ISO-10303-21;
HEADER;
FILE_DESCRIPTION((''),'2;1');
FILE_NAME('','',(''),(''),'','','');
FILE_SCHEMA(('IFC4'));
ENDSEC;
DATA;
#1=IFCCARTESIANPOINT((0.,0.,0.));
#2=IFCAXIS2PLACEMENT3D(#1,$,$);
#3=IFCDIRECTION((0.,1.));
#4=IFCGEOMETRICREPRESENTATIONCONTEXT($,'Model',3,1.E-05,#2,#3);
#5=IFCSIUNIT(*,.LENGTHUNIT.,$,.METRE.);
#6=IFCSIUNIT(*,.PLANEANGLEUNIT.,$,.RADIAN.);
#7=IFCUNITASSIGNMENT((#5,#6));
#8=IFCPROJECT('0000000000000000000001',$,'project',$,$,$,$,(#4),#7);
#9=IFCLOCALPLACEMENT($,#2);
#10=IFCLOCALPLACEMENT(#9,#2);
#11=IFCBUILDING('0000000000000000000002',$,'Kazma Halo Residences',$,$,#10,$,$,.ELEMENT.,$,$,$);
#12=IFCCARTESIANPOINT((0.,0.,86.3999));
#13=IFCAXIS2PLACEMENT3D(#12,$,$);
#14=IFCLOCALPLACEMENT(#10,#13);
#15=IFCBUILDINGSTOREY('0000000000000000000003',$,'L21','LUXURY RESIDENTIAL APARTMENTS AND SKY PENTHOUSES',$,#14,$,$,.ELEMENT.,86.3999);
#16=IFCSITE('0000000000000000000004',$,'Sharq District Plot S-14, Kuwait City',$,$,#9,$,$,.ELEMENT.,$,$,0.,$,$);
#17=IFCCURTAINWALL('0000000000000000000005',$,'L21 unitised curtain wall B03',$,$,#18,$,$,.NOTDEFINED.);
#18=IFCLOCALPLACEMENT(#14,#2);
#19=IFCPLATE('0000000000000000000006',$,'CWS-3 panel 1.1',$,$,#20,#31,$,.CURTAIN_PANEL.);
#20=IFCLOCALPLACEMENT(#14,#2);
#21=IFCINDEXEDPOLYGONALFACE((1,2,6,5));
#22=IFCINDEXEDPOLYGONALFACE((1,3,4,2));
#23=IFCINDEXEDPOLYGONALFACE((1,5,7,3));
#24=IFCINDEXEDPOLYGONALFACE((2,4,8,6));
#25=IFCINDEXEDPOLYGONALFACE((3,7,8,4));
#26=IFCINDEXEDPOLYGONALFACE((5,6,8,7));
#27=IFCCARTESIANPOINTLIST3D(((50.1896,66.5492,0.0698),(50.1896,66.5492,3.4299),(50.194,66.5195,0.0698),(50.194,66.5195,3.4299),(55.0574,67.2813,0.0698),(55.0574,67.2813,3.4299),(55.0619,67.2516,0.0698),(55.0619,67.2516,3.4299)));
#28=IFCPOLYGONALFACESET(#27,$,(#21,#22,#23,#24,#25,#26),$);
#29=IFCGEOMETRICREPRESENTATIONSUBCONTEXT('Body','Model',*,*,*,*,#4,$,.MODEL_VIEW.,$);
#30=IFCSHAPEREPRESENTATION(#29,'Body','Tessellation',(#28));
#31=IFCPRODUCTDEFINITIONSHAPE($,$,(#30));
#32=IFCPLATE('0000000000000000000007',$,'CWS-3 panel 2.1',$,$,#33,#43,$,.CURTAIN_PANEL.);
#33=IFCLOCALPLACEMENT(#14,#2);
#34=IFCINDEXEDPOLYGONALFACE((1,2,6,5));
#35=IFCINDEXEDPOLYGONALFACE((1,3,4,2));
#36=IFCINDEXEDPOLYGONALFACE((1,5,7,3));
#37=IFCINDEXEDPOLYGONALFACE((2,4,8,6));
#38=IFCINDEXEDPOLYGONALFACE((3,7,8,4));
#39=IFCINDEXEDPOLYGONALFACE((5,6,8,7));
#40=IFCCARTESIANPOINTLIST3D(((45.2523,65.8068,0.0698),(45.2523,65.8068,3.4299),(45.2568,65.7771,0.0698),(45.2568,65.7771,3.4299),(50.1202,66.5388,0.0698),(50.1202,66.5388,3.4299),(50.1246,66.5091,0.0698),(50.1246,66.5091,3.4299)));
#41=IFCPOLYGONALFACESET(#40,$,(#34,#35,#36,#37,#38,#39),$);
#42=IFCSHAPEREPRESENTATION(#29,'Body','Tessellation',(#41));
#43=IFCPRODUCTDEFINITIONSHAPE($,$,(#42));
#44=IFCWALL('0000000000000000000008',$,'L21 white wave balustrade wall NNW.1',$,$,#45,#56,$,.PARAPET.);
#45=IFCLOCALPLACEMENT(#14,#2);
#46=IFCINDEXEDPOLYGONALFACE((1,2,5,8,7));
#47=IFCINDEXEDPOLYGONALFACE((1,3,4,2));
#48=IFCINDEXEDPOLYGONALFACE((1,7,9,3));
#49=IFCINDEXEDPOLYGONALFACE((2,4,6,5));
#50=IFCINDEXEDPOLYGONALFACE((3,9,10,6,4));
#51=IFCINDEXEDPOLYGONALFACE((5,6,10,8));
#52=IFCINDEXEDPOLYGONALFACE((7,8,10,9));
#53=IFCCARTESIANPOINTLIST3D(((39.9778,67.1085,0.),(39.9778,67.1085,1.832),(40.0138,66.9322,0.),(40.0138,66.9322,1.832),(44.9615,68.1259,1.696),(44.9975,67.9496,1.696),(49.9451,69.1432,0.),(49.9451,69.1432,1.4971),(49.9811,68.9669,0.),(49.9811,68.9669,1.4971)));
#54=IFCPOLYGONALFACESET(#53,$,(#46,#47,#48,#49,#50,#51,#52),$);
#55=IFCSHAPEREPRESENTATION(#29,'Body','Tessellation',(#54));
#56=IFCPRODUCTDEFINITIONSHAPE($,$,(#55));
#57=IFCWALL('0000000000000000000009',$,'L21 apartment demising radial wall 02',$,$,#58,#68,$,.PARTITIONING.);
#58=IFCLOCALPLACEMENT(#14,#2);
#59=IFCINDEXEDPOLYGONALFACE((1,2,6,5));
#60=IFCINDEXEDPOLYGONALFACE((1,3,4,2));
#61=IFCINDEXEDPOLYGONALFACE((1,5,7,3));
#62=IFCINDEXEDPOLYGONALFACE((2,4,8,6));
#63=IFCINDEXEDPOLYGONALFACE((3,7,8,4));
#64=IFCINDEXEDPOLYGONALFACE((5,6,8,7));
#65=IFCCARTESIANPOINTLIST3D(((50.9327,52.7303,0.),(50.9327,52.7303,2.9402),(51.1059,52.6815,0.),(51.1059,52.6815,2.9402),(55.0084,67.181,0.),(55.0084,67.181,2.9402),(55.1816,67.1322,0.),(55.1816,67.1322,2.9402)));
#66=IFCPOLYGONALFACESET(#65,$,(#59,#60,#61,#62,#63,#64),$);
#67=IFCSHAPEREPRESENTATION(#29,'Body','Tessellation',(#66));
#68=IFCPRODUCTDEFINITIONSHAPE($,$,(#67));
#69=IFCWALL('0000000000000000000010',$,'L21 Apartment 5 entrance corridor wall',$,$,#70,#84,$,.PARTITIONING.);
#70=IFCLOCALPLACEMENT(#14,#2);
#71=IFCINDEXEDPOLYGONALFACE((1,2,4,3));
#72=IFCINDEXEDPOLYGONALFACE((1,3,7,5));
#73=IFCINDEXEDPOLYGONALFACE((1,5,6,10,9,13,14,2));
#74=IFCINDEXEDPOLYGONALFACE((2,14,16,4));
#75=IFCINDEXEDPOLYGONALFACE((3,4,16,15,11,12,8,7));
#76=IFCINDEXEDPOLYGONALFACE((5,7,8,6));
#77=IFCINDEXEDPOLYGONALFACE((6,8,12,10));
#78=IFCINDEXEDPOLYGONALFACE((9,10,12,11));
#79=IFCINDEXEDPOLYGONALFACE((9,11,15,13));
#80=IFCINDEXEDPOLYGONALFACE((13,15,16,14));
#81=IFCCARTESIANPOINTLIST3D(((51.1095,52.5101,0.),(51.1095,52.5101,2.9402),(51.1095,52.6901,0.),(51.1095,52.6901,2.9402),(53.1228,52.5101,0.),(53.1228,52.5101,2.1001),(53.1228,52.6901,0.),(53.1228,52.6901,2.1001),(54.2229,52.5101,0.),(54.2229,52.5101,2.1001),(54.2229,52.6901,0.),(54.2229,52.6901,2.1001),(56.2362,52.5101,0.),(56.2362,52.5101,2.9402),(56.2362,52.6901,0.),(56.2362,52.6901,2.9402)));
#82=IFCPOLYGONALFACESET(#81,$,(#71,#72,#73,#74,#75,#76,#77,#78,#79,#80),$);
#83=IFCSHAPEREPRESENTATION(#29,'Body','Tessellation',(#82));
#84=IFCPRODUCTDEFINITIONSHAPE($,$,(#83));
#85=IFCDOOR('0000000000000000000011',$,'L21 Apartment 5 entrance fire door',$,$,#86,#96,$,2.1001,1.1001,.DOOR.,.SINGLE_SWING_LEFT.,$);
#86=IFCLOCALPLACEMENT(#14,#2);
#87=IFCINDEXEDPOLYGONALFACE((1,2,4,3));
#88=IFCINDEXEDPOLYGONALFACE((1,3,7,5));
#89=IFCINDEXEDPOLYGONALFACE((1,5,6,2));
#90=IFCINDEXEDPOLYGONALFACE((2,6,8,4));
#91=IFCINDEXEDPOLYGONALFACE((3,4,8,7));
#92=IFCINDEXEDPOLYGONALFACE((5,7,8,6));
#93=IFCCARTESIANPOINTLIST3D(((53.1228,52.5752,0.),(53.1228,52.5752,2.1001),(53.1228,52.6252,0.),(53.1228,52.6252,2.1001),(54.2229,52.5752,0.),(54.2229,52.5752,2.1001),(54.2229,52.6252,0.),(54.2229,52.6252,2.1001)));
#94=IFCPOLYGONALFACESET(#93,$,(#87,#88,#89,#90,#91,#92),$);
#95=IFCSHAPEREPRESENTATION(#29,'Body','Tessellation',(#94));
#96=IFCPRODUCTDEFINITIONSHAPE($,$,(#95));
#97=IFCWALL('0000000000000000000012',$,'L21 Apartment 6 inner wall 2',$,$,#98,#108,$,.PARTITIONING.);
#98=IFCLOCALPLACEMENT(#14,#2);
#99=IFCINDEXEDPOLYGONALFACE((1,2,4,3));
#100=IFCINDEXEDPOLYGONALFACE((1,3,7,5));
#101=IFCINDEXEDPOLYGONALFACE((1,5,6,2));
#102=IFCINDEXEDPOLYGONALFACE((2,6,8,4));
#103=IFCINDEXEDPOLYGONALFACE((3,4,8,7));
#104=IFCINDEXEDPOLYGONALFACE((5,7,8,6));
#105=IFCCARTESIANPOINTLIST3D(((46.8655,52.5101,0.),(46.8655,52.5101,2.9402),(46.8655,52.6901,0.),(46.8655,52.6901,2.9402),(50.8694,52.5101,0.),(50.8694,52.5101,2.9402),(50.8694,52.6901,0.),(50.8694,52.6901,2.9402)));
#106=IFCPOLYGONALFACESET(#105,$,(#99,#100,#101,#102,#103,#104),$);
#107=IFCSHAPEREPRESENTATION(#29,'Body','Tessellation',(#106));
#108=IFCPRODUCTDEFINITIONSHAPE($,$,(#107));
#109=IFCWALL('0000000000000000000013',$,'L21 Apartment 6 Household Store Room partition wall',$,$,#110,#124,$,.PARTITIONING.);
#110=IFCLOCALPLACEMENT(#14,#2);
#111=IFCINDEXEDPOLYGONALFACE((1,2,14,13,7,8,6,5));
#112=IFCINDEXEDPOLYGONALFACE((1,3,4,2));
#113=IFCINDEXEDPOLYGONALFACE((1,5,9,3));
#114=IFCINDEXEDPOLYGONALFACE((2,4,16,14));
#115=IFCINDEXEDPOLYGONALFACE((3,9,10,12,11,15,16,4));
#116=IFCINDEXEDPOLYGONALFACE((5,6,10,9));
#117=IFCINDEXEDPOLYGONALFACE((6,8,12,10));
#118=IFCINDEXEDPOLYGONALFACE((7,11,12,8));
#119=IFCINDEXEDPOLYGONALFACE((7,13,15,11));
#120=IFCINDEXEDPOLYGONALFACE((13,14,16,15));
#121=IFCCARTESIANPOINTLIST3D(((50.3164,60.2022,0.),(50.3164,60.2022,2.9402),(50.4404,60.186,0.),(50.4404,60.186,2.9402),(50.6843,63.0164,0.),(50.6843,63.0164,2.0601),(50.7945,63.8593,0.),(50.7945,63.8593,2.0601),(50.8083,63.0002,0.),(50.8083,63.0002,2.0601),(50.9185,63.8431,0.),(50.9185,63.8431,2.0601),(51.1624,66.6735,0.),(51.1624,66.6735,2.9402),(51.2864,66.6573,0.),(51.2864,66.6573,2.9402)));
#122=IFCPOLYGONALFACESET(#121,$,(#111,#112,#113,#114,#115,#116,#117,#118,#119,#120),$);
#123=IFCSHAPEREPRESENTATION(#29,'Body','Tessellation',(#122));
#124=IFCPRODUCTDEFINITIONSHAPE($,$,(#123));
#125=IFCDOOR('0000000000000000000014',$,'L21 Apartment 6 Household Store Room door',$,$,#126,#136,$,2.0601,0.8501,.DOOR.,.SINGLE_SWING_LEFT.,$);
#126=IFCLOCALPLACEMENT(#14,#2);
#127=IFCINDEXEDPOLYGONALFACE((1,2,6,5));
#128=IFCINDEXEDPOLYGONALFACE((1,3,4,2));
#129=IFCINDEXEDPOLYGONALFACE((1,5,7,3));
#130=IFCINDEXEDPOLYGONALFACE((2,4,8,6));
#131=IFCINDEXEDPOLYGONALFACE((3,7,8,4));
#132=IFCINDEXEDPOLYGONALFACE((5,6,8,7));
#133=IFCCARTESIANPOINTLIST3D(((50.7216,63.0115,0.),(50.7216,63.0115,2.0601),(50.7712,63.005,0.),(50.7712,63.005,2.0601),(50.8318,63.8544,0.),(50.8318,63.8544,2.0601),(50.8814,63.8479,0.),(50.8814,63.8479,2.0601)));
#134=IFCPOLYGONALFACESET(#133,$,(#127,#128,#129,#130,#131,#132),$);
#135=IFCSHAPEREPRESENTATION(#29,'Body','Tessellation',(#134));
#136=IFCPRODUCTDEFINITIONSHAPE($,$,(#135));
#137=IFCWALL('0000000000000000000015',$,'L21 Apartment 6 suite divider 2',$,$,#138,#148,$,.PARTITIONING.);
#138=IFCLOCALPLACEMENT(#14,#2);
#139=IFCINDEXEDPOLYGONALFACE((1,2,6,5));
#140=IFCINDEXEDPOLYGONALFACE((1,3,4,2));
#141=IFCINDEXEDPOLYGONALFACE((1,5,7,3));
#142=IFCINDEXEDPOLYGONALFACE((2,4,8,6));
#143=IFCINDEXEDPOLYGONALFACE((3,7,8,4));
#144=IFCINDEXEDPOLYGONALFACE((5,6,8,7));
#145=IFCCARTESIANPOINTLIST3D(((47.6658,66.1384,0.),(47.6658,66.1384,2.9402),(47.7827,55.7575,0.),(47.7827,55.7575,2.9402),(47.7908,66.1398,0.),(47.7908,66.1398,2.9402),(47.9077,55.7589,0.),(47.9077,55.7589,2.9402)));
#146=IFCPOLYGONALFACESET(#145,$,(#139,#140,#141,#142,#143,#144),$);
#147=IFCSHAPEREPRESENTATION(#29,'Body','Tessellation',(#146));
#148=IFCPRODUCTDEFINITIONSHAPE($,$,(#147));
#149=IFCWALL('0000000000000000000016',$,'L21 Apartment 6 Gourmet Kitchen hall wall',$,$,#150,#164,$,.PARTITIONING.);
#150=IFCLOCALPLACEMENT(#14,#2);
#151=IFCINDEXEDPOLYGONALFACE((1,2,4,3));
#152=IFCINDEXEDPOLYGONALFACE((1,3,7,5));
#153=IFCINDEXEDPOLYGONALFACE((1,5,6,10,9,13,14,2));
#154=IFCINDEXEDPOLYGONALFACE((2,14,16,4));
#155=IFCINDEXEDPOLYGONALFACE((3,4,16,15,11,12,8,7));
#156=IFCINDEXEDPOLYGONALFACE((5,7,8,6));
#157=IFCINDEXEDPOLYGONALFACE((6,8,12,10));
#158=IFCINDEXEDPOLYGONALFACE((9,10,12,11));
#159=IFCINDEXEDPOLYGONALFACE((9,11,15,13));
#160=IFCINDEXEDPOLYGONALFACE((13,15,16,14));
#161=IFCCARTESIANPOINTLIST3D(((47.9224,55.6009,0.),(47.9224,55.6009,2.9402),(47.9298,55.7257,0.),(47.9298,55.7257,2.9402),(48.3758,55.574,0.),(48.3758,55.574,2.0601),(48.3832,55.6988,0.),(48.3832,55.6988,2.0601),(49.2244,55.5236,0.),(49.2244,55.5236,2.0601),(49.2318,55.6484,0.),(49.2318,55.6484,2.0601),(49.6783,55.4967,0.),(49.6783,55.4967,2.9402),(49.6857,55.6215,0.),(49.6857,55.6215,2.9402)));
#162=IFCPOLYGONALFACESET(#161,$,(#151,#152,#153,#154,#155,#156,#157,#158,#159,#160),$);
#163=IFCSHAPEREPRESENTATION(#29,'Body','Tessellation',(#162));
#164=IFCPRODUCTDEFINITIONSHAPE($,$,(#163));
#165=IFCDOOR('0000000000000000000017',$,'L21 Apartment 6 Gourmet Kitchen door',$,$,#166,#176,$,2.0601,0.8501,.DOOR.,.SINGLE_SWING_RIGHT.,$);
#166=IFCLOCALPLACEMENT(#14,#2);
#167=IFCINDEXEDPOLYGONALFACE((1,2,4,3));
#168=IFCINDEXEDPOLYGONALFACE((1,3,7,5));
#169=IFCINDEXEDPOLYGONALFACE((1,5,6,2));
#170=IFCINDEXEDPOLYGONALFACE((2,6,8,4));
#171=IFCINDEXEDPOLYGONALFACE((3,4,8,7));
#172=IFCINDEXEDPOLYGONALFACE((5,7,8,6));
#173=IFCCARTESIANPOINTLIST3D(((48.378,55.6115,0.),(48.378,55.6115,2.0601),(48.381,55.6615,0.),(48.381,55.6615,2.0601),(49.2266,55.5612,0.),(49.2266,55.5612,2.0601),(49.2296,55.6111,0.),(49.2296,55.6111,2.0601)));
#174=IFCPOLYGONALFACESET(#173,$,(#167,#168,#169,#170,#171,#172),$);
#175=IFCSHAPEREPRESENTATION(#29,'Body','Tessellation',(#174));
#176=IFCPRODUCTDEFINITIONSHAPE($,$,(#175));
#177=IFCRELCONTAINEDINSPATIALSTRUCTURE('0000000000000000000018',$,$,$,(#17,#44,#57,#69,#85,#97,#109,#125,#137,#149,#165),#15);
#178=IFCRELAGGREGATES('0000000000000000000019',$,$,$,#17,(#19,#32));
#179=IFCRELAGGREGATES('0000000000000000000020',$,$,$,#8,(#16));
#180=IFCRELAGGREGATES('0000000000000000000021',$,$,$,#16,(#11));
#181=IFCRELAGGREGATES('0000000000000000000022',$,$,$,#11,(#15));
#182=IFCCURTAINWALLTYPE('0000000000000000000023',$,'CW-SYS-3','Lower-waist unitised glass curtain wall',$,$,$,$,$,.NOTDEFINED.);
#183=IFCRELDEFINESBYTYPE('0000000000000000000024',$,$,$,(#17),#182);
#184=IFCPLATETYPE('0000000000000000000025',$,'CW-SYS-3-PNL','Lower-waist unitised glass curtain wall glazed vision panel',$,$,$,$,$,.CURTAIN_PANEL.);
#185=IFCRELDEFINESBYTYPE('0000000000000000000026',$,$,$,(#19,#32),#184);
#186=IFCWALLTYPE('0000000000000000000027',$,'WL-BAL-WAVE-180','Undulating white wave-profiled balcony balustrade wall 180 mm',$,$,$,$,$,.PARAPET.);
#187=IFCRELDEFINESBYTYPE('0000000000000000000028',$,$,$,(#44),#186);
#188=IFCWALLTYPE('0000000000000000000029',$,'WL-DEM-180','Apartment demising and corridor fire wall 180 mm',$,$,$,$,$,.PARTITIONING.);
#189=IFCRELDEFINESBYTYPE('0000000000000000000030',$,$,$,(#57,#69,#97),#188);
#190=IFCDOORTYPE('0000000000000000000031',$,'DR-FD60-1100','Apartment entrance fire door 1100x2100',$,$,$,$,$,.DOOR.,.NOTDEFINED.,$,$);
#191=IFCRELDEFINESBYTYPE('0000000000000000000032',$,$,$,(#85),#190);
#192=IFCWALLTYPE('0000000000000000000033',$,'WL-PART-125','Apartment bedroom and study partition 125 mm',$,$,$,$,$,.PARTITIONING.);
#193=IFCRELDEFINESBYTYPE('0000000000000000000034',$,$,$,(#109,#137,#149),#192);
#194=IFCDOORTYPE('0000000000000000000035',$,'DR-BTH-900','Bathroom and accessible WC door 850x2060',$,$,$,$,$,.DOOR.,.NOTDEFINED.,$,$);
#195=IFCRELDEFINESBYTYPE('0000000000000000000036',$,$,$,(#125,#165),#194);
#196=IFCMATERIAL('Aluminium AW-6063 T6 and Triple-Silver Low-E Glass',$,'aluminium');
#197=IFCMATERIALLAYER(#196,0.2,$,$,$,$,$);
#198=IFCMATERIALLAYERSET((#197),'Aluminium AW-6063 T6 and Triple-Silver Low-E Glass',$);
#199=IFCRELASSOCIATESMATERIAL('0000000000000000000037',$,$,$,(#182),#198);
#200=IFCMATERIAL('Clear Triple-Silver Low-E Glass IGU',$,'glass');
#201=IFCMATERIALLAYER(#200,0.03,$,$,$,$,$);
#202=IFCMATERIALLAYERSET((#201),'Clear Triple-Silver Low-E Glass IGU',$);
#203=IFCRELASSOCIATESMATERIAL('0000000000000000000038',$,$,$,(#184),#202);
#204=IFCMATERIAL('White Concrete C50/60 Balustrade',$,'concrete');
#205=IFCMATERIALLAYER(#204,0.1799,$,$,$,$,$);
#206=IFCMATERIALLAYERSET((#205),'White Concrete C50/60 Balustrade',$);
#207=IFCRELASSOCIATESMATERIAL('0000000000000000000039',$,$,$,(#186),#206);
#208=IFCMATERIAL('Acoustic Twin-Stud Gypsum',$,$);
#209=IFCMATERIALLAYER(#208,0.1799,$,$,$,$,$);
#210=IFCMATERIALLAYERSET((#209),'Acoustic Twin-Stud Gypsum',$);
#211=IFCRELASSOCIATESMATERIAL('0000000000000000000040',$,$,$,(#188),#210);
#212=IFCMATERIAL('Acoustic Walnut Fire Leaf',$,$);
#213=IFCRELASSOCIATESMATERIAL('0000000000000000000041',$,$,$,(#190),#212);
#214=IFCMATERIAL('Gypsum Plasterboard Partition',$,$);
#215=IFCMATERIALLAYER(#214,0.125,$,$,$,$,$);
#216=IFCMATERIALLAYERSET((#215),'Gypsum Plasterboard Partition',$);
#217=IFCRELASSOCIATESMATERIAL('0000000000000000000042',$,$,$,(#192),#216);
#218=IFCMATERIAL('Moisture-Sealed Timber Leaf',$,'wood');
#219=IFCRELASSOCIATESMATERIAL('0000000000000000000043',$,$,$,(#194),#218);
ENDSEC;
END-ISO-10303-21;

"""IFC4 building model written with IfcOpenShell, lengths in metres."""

from ifc_helpers import new_model, si_unit, direction, frame, frame_2d, origin, origin_2d, place, context, subcontext, project, spatial, polyline, rectangle, outline, extrude, material, layer, layer_set, type_object, element, fill, aggregate, save


model = new_model("IFC4")

# Units and contexts
model_context = context("Model", 3, precision=1e-05, world=origin(), true_north=direction((0.0, 1.0)))
body_context = subcontext(model_context, "Body", "Model", "MODEL_VIEW")
ifc_project = project(units=[si_unit("LENGTHUNIT", "METRE"), si_unit("PLANEANGLEUNIT", "RADIAN")], contexts=[model_context])

# Site, building, storey
site_placement = place(None, origin())
site = spatial("IfcSite", under=ifc_project, at=site_placement, Name="Sharq District Plot S-14, Kuwait City", CompositionType="ELEMENT", RefElevation=0.0)
building_placement = place(site_placement, origin())
building = spatial("IfcBuilding", under=site, at=building_placement, Name="Kazma Halo Residences", CompositionType="ELEMENT")
storey_placement = place(building_placement, frame((0.0, 0.0, 86.3999)))
storey = spatial("IfcBuildingStorey", under=building, at=storey_placement, Name="L21", Description="LUXURY RESIDENTIAL APARTMENTS AND SKY PENTHOUSES", CompositionType="ELEMENT", Elevation=86.3999)

# Curtain wall, plates
ifc_material_1 = material(Name="Aluminium AW-6063 T6 and Triple-Silver Low-E Glass", Category="aluminium")
ifc_layer_1 = layer(ifc_material_1, 0.2)
ifc_layer_set_1 = layer_set([ifc_layer_1], Name="Aluminium AW-6063 T6 and Triple-Silver Low-E Glass")
curtain_wall_type = type_object("IfcCurtainWallType", Name="CW-SYS-3", Description="Lower-waist unitised glass curtain wall", PredefinedType="NOTDEFINED", material=ifc_layer_set_1)
curtain_wall_placement = place(storey_placement, origin())
curtain_wall = element("IfcCurtainWall", 1, at=curtain_wall_placement, inside=storey, type_object=curtain_wall_type, Name="L21 unitised curtain wall B03", PredefinedType="NOTDEFINED")
ifc_material_2 = material(Name="Clear Triple-Silver Low-E Glass IGU", Category="glass")
ifc_layer_2 = layer(ifc_material_2, 0.03)
ifc_layer_set_2 = layer_set([ifc_layer_2], Name="Clear Triple-Silver Low-E Glass IGU")
plate_type = type_object("IfcPlateType", Name="CW-SYS-3-PNL", Description="Lower-waist unitised glass curtain wall glazed vision panel", PredefinedType="CURTAIN_PANEL", material=ifc_layer_set_2)
plate_1_placement = place(storey_placement, frame((52.6257, 66.9004, 0.0698), z_axis=(0.0, 0.0, 1.0), x_axis=(-0.98888, -0.148717, 0.0)))
plate_1 = element("IfcPlate", 2, at=plate_1_placement, type_object=plate_type, Name="CWS-3 panel 1.1", PredefinedType="CURTAIN_PANEL", context=body_context, shape_type="SweptSolid", body=[
    extrude(rectangle(XDim=4.9226, YDim=0.03, at=origin_2d()), origin(), (0.0, 0.0, 1.0), 3.3601),
])
plate_2_placement = place(storey_placement, frame((47.6885, 66.158, 0.0698), z_axis=(0.0, 0.0, 1.0), x_axis=(-0.98888, -0.148717, 0.0)))
plate_2 = element("IfcPlate", 3, at=plate_2_placement, type_object=plate_type, Name="CWS-3 panel 2.1", PredefinedType="CURTAIN_PANEL", context=body_context, shape_type="SweptSolid", body=[
    extrude(rectangle(XDim=4.9226, YDim=0.03, at=origin_2d()), origin(), (0.0, 0.0, 1.0), 3.3601),
])
aggregate(curtain_wall, [plate_1, plate_2])

# Walls
ifc_material_3 = material(Name="White Concrete C50/60 Balustrade", Category="concrete")
ifc_layer_3 = layer(ifc_material_3, 0.1799)
ifc_layer_set_3 = layer_set([ifc_layer_3], Name="White Concrete C50/60 Balustrade")
wall_type_1 = type_object("IfcWallType", Name="WL-BAL-WAVE-180", Description="Undulating white wave-profiled balcony balustrade wall 180 mm", PredefinedType="PARAPET", material=ifc_layer_set_3)
wall_1_placement = place(storey_placement, frame((49.9631, 69.0549, 0.0), z_axis=(0.0, 0.0, 1.0), x_axis=(-0.979794, -0.20001, 0.0)))
element("IfcWall", 4, at=wall_1_placement, inside=storey, type_object=wall_type_1, Name="L21 white wave balustrade wall NNW.1", PredefinedType="PARAPET", context=body_context, shape_type="SweptSolid", body=[
    extrude(outline(polyline([(0.0, 0.0), (10.1729, 0.0), (10.1729, 1.832), (5.0864, 1.696), (0.0, 1.4971), (0.0, 0.0)])), frame((0.0, 0.0898, 0.0), z_axis=(0.0, -1.0, 0.0), x_axis=(1.0, 0.0, 0.0)), (0.0, 0.0, 1.0), 0.1799),
])
ifc_material_4 = material(Name="Acoustic Twin-Stud Gypsum")
ifc_layer_4 = layer(ifc_material_4, 0.1799)
ifc_layer_set_4 = layer_set([ifc_layer_4], Name="Acoustic Twin-Stud Gypsum")
wall_type_2 = type_object("IfcWallType", Name="WL-DEM-180", Description="Apartment demising and corridor fire wall 180 mm", PredefinedType="PARTITIONING", material=ifc_layer_set_4)
wall_2_placement = place(storey_placement, frame((51.0193, 52.7058, 0.0), z_axis=(0.0, 0.0, 1.0), x_axis=(0.271451, 0.962452, 0.0)))
element("IfcWall", 5, at=wall_2_placement, inside=storey, type_object=wall_type_2, Name="L21 apartment demising radial wall 02", PredefinedType="PARTITIONING", context=body_context, shape_type="SweptSolid", body=[
    extrude(rectangle(XDim=15.0144, YDim=0.1799, at=frame_2d((7.5073, 0.0))), origin(), (0.0, 0.0, 1.0), 2.9402),
])

# Wall, opening, door
wall_3_placement = place(storey_placement, frame((56.2363, 52.6001, 0.0), z_axis=(0.0, 0.0, 1.0), x_axis=(-1.0, 0.0, 0.0)))
wall_3 = element("IfcWall", 6, at=wall_3_placement, inside=storey, type_object=wall_type_2, Name="L21 Apartment 5 entrance corridor wall", PredefinedType="PARTITIONING", context=body_context, shape_type="SweptSolid", body=[
    extrude(rectangle(XDim=5.1267, YDim=0.1799, at=frame_2d((2.5635, 0.0))), origin(), (0.0, 0.0, 1.0), 2.9402),
])
opening_1_placement = place(wall_3_placement, frame((2.0134, 0.0, 0.0)))
opening_1 = element("IfcOpeningElement", 7, at=opening_1_placement, cuts=wall_3, PredefinedType="OPENING", context=body_context, shape_type="SweptSolid", body=[
    extrude(rectangle(XDim=1.1001, YDim=2.1001, at=frame_2d((0.55, 1.05))), frame((0.0, 0.0999, 0.0), z_axis=(0.0, -1.0, 0.0), x_axis=(1.0, 0.0, 0.0)), (0.0, 0.0, 1.0), 0.2),
])
ifc_material_5 = material(Name="Acoustic Walnut Fire Leaf")
door_type_1 = type_object("IfcDoorType", Name="DR-FD60-1100", Description="Apartment entrance fire door 1100x2100", OperationType="NOTDEFINED", PredefinedType="DOOR", material=ifc_material_5)
door_1_placement = place(opening_1_placement, origin())
door_1 = element("IfcDoor", 8, at=door_1_placement, inside=storey, type_object=door_type_1, Name="L21 Apartment 5 entrance fire door", OperationType="SINGLE_SWING_LEFT", OverallHeight=2.1001, OverallWidth=1.1001, PredefinedType="DOOR", context=body_context, shape_type="SweptSolid", body=[
    extrude(rectangle(XDim=1.1001, YDim=2.1001, at=frame_2d((0.55, 1.05))), frame((0.0, 0.0249, 0.0), z_axis=(0.0, -1.0, 0.0), x_axis=(1.0, 0.0, 0.0)), (0.0, 0.0, 1.0), 0.05),
])
fill(opening_1, door_1)

# Wall
wall_4_placement = place(storey_placement, frame((50.8694, 52.6001, 0.0), z_axis=(0.0, 0.0, 1.0), x_axis=(-1.0, 0.0, 0.0)))
element("IfcWall", 9, at=wall_4_placement, inside=storey, type_object=wall_type_2, Name="L21 Apartment 6 inner wall 2", PredefinedType="PARTITIONING", context=body_context, shape_type="SweptSolid", body=[
    extrude(rectangle(XDim=4.0039, YDim=0.1799, at=frame_2d((2.002, 0.0))), origin(), (0.0, 0.0, 1.0), 2.9402),
])

# Wall, opening, door
ifc_material_6 = material(Name="Gypsum Plasterboard Partition")
ifc_layer_5 = layer(ifc_material_6, 0.125)
ifc_layer_set_5 = layer_set([ifc_layer_5], Name="Gypsum Plasterboard Partition")
wall_type_3 = type_object("IfcWallType", Name="WL-PART-125", Description="Apartment bedroom and study partition 125 mm", PredefinedType="PARTITIONING", material=ifc_layer_set_5)
wall_5_placement = place(storey_placement, frame((50.3784, 60.1941, 0.0), z_axis=(0.0, 0.0, 1.0), x_axis=(0.129622, 0.991563, 0.0)))
wall_5 = element("IfcWall", 10, at=wall_5_placement, inside=storey, type_object=wall_type_3, Name="L21 Apartment 6 Household Store Room partition wall", PredefinedType="PARTITIONING", context=body_context, shape_type="SweptSolid", body=[
    extrude(rectangle(XDim=6.5264, YDim=0.125, at=frame_2d((3.2632, 0.0))), origin(), (0.0, 0.0, 1.0), 2.9402),
])
opening_2_placement = place(wall_5_placement, frame((2.8381, 0.0, 0.0)))
opening_2 = element("IfcOpeningElement", 11, at=opening_2_placement, cuts=wall_5, PredefinedType="OPENING", context=body_context, shape_type="SweptSolid", body=[
    extrude(rectangle(XDim=0.8501, YDim=2.0601, at=frame_2d((0.425, 1.03))), frame((0.0, 0.0725, 0.0), z_axis=(0.0, -1.0, 0.0), x_axis=(1.0, 0.0, 0.0)), (0.0, 0.0, 1.0), 0.145),
])
ifc_material_7 = material(Name="Moisture-Sealed Timber Leaf", Category="wood")
door_type_2 = type_object("IfcDoorType", Name="DR-BTH-900", Description="Bathroom and accessible WC door 850x2060", OperationType="NOTDEFINED", PredefinedType="DOOR", material=ifc_material_7)
door_2_placement = place(opening_2_placement, origin())
door_2 = element("IfcDoor", 12, at=door_2_placement, inside=storey, type_object=door_type_2, Name="L21 Apartment 6 Household Store Room door", OperationType="SINGLE_SWING_LEFT", OverallHeight=2.0601, OverallWidth=0.8501, PredefinedType="DOOR", context=body_context, shape_type="SweptSolid", body=[
    extrude(rectangle(XDim=0.8501, YDim=2.0601, at=frame_2d((0.425, 1.03))), frame((0.0, 0.0249, 0.0), z_axis=(0.0, -1.0, 0.0), x_axis=(1.0, 0.0, 0.0)), (0.0, 0.0, 1.0), 0.05),
])
fill(opening_2, door_2)

# Wall
wall_6_placement = place(storey_placement, frame((47.8452, 55.7581, 0.0), z_axis=(0.0, 0.0, 1.0), x_axis=(-0.011265, 0.999937, 0.0)))
element("IfcWall", 13, at=wall_6_placement, inside=storey, type_object=wall_type_3, Name="L21 Apartment 6 suite divider 2", PredefinedType="PARTITIONING", context=body_context, shape_type="SweptSolid", body=[
    extrude(rectangle(XDim=10.3816, YDim=0.125, at=frame_2d((5.1909, 0.0))), origin(), (0.0, 0.0, 1.0), 2.9402),
])

# Wall, opening, door
wall_7_placement = place(storey_placement, frame((49.6819, 55.5591, 0.0), z_axis=(0.0, 0.0, 1.0), x_axis=(-0.998242, 0.059267, 0.0)))
wall_7 = element("IfcWall", 14, at=wall_7_placement, inside=storey, type_object=wall_type_3, Name="L21 Apartment 6 Gourmet Kitchen hall wall", PredefinedType="PARTITIONING", context=body_context, shape_type="SweptSolid", body=[
    extrude(rectangle(XDim=1.759, YDim=0.125, at=frame_2d((0.8794, 0.0))), origin(), (0.0, 0.0, 1.0), 2.9402),
])
opening_3_placement = place(wall_7_placement, frame((0.4546, 0.0, 0.0)))
opening_3 = element("IfcOpeningElement", 15, at=opening_3_placement, cuts=wall_7, PredefinedType="OPENING", context=body_context, shape_type="SweptSolid", body=[
    extrude(rectangle(XDim=0.8501, YDim=2.0601, at=frame_2d((0.425, 1.03))), frame((0.0, 0.0725, 0.0), z_axis=(0.0, -1.0, 0.0), x_axis=(1.0, 0.0, 0.0)), (0.0, 0.0, 1.0), 0.145),
])
door_3_placement = place(opening_3_placement, origin())
door_3 = element("IfcDoor", 16, at=door_3_placement, inside=storey, type_object=door_type_2, Name="L21 Apartment 6 Gourmet Kitchen door", OperationType="SINGLE_SWING_RIGHT", OverallHeight=2.0601, OverallWidth=0.8501, PredefinedType="DOOR", context=body_context, shape_type="SweptSolid", body=[
    extrude(rectangle(XDim=0.8501, YDim=2.0601, at=frame_2d((0.425, 1.03))), frame((0.0, 0.0249, 0.0), z_axis=(0.0, -1.0, 0.0), x_axis=(1.0, 0.0, 0.0)), (0.0, 0.0, 1.0), 0.05),
])
fill(opening_3, door_3)

save(model, "model.ifc")
